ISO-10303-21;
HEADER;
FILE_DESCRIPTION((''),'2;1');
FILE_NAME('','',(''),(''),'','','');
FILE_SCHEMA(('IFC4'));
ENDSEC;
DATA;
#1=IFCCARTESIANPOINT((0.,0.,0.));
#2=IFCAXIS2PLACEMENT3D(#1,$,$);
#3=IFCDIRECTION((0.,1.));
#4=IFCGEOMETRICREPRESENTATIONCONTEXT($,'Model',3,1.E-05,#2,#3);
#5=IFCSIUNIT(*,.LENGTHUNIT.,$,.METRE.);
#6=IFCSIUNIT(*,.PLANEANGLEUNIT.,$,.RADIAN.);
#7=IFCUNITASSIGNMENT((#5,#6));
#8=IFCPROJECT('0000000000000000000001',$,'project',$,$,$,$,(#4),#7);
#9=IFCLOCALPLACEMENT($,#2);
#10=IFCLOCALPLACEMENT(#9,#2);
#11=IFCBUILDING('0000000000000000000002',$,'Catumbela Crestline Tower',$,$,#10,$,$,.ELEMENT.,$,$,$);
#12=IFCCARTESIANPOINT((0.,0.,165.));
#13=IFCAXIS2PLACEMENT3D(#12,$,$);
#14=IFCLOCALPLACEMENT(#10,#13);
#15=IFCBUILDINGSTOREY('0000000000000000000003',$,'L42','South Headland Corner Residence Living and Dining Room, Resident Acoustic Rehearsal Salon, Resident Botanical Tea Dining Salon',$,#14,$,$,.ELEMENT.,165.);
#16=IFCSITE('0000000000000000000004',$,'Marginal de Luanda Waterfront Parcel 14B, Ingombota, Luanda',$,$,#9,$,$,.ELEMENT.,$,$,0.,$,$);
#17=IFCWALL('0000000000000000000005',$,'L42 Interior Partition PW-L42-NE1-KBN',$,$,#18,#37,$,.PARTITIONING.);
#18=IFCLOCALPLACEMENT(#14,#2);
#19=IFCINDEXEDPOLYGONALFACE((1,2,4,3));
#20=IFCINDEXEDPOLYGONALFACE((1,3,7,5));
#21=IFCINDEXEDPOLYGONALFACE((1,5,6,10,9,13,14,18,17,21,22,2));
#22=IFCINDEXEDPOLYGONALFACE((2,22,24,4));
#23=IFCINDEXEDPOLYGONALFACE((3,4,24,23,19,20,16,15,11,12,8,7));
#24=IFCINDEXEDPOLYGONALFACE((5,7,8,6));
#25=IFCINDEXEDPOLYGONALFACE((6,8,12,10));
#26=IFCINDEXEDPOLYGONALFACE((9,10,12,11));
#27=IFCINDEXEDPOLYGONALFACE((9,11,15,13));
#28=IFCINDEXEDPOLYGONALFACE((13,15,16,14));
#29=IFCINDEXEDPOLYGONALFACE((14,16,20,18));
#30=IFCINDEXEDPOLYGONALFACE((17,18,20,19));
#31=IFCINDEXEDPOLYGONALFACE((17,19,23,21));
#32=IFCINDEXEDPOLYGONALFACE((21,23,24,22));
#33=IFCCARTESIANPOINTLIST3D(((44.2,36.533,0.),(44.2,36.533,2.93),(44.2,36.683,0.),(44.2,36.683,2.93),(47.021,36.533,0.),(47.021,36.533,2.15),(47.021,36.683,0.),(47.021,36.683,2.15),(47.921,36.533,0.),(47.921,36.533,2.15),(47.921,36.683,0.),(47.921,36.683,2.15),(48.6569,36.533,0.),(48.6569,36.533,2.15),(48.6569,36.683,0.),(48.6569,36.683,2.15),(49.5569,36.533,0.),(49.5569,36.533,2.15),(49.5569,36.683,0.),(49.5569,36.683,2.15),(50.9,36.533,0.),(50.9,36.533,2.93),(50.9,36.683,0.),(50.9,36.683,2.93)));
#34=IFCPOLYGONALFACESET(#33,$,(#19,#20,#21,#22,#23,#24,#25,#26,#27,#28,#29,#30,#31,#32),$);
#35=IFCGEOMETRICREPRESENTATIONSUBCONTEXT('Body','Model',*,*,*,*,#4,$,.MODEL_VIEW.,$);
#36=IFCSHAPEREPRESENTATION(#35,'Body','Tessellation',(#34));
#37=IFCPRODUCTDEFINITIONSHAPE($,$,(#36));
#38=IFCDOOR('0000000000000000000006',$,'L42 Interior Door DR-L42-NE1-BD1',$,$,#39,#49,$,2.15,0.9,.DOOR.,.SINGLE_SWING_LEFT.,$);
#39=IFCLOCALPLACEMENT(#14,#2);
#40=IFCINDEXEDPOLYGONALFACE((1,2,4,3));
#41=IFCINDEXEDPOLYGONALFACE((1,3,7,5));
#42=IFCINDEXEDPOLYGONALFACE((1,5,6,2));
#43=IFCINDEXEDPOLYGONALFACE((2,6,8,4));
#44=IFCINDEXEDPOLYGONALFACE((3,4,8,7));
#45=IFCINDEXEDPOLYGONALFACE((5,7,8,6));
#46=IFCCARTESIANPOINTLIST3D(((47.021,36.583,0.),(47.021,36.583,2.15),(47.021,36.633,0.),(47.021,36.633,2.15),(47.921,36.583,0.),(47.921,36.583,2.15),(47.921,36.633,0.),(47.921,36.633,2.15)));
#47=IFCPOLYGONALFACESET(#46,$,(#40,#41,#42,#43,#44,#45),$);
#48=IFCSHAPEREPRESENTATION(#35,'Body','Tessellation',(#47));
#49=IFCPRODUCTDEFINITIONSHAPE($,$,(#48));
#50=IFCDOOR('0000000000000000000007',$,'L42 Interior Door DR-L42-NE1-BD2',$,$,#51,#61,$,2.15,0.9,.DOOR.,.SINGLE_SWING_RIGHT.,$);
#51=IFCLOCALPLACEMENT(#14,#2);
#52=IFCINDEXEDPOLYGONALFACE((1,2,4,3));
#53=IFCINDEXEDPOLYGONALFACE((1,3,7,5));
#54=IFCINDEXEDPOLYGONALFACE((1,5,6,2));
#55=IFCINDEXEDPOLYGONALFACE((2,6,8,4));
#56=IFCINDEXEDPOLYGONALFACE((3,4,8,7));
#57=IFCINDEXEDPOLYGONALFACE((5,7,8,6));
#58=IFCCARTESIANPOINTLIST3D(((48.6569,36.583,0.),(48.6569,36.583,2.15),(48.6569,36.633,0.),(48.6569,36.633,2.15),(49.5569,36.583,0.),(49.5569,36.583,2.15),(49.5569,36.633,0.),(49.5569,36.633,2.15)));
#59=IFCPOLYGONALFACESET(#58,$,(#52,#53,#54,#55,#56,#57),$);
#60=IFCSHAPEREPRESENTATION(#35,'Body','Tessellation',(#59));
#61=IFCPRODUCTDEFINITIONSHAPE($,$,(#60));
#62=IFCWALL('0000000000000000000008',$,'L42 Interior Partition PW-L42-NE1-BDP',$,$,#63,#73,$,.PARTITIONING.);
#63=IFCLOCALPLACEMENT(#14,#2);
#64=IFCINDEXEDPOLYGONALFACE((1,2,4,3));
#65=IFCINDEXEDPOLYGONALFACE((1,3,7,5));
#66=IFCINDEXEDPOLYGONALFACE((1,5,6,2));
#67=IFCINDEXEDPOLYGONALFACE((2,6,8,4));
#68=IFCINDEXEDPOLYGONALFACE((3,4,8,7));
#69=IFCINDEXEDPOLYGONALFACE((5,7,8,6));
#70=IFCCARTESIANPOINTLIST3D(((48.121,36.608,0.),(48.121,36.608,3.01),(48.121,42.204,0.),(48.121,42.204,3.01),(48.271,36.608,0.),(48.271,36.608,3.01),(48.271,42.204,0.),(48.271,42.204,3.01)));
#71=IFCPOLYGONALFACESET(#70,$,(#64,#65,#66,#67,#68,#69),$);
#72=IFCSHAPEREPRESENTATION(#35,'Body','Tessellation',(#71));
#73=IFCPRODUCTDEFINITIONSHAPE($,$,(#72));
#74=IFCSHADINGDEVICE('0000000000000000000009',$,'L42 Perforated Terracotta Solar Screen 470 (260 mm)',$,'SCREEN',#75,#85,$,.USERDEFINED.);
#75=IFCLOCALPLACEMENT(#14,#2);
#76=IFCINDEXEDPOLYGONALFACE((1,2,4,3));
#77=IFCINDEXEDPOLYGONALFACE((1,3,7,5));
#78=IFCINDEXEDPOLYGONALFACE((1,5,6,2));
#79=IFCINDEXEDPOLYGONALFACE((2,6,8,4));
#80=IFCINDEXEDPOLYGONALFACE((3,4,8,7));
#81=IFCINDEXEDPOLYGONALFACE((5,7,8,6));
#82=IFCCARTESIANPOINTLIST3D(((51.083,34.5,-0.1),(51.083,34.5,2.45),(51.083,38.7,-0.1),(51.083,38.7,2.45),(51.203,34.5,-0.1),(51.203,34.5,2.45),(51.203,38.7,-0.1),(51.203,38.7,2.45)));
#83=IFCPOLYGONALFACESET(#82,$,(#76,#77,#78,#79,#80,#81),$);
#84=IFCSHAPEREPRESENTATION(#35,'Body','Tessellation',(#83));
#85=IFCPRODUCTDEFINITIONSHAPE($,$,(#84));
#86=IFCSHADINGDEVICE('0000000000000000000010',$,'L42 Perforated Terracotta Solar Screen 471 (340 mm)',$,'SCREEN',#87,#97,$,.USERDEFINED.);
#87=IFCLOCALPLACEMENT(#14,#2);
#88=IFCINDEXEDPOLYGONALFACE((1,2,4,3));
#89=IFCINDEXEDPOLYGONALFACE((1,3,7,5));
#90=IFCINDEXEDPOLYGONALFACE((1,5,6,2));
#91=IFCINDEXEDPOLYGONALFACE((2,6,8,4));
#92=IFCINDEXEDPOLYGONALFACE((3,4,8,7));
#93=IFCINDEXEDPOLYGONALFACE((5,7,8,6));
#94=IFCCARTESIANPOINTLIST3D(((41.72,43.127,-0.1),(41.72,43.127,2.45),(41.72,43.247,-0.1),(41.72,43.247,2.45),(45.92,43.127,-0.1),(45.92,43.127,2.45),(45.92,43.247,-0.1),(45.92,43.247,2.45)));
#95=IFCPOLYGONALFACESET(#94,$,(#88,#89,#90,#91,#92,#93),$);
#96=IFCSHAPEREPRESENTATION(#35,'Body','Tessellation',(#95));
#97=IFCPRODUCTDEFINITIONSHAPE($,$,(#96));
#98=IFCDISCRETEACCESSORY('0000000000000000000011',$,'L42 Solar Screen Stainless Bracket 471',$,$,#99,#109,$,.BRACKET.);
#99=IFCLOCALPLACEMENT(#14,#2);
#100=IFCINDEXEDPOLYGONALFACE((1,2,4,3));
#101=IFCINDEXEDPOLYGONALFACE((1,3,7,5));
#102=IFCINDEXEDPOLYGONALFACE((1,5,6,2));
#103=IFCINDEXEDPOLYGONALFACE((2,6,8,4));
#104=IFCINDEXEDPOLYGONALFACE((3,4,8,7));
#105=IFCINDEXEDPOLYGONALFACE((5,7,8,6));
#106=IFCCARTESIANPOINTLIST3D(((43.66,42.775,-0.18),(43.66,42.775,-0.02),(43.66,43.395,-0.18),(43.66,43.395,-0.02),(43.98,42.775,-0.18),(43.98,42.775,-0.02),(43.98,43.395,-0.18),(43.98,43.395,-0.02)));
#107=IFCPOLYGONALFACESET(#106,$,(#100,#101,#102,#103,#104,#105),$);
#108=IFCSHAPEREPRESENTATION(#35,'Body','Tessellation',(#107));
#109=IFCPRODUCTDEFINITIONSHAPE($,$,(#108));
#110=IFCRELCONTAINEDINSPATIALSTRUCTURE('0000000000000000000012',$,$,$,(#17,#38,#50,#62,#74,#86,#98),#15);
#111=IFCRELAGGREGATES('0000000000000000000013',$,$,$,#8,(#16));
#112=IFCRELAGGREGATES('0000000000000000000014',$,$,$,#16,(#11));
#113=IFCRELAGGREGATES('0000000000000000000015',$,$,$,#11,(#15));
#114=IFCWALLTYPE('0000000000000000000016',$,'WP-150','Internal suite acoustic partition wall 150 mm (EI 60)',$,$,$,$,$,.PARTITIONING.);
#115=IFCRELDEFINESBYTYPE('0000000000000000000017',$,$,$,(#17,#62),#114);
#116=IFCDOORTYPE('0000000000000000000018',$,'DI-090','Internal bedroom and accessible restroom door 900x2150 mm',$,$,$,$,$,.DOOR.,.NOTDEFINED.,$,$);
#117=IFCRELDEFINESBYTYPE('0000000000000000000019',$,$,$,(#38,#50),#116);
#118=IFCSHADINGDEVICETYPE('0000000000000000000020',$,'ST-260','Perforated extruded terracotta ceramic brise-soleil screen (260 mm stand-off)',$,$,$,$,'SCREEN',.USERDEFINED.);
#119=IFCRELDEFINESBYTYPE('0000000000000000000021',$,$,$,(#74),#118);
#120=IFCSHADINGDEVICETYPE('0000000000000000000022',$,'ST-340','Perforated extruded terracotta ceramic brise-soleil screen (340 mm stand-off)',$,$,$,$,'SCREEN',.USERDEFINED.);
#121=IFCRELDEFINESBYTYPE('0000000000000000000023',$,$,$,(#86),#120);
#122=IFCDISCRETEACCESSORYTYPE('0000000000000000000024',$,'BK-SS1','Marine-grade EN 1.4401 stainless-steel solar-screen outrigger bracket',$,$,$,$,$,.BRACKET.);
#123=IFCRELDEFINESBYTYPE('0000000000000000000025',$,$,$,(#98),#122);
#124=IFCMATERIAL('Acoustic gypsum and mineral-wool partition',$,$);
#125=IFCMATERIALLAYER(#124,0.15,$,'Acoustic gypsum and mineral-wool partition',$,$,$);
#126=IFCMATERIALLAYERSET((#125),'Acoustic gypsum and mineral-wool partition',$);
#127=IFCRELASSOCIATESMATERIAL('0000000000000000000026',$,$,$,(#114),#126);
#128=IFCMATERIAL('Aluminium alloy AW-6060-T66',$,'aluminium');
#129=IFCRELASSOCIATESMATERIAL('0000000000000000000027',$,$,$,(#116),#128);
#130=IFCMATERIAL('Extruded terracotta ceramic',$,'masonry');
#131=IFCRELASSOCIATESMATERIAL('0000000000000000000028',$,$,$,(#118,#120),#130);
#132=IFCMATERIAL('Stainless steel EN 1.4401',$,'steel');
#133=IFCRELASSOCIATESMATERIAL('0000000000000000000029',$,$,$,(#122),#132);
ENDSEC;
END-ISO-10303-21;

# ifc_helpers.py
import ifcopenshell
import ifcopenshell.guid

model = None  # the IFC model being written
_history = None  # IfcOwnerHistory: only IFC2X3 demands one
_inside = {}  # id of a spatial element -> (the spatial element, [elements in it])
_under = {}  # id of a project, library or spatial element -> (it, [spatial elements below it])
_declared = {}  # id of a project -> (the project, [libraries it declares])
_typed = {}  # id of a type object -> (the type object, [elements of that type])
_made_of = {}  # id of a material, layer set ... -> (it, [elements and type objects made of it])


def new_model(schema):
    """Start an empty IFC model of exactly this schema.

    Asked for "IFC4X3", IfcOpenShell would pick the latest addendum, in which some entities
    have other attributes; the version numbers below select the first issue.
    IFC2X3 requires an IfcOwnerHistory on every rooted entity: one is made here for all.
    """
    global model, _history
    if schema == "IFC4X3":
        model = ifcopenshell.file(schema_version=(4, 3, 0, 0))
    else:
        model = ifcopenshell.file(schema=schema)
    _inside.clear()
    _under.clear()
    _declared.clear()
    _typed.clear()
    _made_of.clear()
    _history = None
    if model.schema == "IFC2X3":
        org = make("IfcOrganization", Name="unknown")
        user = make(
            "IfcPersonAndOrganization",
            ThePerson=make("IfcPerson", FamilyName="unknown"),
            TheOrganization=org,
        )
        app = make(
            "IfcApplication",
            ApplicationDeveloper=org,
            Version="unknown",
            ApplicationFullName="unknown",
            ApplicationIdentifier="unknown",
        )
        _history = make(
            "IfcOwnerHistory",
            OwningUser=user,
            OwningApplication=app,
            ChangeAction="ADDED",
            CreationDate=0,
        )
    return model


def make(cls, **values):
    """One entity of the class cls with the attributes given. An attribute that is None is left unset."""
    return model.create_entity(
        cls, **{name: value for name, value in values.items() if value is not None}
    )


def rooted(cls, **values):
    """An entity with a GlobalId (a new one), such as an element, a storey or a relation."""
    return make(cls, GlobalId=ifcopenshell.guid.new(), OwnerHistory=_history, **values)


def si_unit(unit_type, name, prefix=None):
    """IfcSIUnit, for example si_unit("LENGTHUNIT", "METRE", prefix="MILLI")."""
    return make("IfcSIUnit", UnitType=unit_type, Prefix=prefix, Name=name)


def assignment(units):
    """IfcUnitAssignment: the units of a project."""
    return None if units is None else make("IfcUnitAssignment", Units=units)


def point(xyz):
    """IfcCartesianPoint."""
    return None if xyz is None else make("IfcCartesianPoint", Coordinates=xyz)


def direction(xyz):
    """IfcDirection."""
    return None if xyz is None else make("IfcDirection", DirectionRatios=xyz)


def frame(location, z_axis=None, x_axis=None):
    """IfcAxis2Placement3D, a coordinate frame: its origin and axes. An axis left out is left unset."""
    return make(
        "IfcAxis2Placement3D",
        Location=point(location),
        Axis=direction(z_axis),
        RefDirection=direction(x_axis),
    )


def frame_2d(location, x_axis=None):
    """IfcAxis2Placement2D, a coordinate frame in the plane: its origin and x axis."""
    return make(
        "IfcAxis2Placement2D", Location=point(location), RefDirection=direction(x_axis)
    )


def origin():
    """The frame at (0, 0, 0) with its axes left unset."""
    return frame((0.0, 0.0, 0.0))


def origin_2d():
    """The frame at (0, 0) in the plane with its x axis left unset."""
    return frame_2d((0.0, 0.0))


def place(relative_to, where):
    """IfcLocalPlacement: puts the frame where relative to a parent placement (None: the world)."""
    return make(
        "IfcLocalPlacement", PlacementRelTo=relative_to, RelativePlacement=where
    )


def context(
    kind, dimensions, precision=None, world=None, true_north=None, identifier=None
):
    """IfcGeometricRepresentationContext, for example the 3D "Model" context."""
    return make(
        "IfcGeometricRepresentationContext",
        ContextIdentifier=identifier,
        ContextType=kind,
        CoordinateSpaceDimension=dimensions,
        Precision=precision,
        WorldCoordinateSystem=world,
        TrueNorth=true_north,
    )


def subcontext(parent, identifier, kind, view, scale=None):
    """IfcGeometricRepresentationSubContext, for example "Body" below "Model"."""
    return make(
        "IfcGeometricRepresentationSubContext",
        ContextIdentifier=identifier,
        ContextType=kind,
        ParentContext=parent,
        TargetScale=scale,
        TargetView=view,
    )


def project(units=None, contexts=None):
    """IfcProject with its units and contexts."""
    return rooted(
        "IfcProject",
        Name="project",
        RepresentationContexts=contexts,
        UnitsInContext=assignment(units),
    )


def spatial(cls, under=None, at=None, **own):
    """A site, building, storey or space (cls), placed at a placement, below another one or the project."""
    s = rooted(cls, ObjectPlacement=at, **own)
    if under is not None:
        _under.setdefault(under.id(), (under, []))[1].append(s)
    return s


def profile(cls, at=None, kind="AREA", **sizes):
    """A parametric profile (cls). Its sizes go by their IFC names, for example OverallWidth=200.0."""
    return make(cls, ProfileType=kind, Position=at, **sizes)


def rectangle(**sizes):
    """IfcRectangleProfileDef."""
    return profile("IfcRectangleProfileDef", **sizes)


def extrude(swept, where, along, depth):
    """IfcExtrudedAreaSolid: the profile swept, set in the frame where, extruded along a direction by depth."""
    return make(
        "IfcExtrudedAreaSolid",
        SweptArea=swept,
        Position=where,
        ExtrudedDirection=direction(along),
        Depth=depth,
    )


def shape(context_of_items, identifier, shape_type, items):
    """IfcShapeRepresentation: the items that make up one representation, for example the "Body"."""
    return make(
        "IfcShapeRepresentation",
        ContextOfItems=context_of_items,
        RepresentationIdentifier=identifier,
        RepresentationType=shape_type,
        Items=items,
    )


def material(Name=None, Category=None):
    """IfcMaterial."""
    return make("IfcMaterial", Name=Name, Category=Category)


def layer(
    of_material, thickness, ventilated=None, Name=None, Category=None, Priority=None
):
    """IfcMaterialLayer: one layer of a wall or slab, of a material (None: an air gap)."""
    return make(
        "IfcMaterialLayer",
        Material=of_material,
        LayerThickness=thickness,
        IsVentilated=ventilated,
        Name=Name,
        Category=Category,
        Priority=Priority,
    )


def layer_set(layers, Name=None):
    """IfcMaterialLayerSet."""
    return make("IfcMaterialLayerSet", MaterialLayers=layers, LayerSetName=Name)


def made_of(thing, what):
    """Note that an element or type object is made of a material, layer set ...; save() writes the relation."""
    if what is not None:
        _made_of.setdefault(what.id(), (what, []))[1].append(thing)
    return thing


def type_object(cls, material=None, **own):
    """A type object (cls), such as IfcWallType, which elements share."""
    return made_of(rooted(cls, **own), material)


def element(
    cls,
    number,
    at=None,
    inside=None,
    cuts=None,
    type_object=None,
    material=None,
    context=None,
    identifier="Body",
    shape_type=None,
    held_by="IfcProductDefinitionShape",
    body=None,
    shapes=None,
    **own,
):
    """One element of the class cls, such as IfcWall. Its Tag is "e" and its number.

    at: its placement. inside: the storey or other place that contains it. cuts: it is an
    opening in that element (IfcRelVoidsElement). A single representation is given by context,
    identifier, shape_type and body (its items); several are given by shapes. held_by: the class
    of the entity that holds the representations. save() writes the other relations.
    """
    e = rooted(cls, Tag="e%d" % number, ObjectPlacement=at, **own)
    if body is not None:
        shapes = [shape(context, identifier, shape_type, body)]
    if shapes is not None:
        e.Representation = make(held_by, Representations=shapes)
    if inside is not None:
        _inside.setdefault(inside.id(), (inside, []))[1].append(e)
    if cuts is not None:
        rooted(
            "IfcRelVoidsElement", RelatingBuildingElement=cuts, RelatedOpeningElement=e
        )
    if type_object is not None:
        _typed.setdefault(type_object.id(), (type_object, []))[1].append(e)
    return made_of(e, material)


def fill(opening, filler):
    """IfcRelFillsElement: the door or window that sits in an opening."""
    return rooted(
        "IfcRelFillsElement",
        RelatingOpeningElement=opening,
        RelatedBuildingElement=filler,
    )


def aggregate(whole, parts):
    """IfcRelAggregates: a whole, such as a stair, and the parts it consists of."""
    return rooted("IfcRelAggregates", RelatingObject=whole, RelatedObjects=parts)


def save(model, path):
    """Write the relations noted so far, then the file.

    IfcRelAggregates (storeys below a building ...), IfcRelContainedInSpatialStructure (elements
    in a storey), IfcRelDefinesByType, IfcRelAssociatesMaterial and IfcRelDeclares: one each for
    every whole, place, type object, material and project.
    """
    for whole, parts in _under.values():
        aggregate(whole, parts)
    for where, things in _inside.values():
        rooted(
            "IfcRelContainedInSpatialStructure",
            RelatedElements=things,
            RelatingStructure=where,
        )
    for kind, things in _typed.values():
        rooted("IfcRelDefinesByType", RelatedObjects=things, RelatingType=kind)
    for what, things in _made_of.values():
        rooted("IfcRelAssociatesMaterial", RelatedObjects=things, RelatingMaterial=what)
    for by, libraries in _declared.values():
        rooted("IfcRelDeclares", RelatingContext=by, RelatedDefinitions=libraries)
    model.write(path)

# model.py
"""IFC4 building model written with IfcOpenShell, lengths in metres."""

from ifc_helpers import new_model, si_unit, direction, frame, frame_2d, origin, origin_2d, place, context, subcontext, project, spatial, rectangle, extrude, material, layer, layer_set, type_object, element, fill, save


model = new_model("IFC4")

# Units and contexts
model_context = context("Model", 3, precision=1e-05, world=origin(), true_north=direction((0.0, 1.0)))
body_context = subcontext(model_context, "Body", "Model", "MODEL_VIEW")
ifc_project = project(units=[si_unit("LENGTHUNIT", "METRE"), si_unit("PLANEANGLEUNIT", "RADIAN")], contexts=[model_context])

# Site, building, storey
site_placement = place(None, origin())
site = spatial("IfcSite", under=ifc_project, at=site_placement, Name="Marginal de Luanda Waterfront Parcel 14B, Ingombota, Luanda", CompositionType="ELEMENT", RefElevation=0.0)
building_placement = place(site_placement, origin())
building = spatial("IfcBuilding", under=site, at=building_placement, Name="Catumbela Crestline Tower", CompositionType="ELEMENT")
storey_placement = place(building_placement, frame((0.0, 0.0, 165.0)))
storey = spatial("IfcBuildingStorey", under=building, at=storey_placement, Name="L42", Description="South Headland Corner Residence Living and Dining Room, Resident Acoustic Rehearsal Salon, Resident Botanical Tea Dining Salon", CompositionType="ELEMENT", Elevation=165.0)

# Shared definitions
ifc_material_1 = material(Name="Aluminium alloy AW-6060-T66", Category="aluminium")

# Wall, openings, doors
ifc_material_2 = material(Name="Acoustic gypsum and mineral-wool partition")
ifc_layer_1 = layer(ifc_material_2, 0.15, Name="Acoustic gypsum and mineral-wool partition")
ifc_layer_set_1 = layer_set([ifc_layer_1], Name="Acoustic gypsum and mineral-wool partition")
wall_type_1 = type_object("IfcWallType", Name="WP-150", Description="Internal suite acoustic partition wall 150 mm (EI 60)", PredefinedType="PARTITIONING", material=ifc_layer_set_1)
wall_1_placement = place(storey_placement, frame((44.2, 36.608, 0.0), z_axis=(0.0, 0.0, 1.0), x_axis=(1.0, 0.0, 0.0)))
wall_1 = element("IfcWall", 1, at=wall_1_placement, inside=storey, type_object=wall_type_1, Name="L42 Interior Partition PW-L42-NE1-KBN", PredefinedType="PARTITIONING", context=body_context, shape_type="SweptSolid", body=[
    extrude(rectangle(XDim=6.7, YDim=0.15, at=frame_2d((3.35, 0.0))), origin(), (0.0, 0.0, 1.0), 2.93),
])
opening_1_placement = place(wall_1_placement, frame((2.821, 0.0, 0.0)))
opening_1 = element("IfcOpeningElement", 2, at=opening_1_placement, cuts=wall_1, PredefinedType="OPENING", context=body_context, shape_type="SweptSolid", body=[
    extrude(rectangle(XDim=0.9, YDim=2.15, at=frame_2d((0.45, 1.075))), frame((0.0, 0.085, 0.0), z_axis=(0.0, -1.0, 0.0), x_axis=(1.0, 0.0, 0.0)), (0.0, 0.0, 1.0), 0.17),
])
opening_2_placement = place(wall_1_placement, frame((4.4569, 0.0, 0.0)))
opening_2 = element("IfcOpeningElement", 3, at=opening_2_placement, cuts=wall_1, PredefinedType="OPENING", context=body_context, shape_type="SweptSolid", body=[
    extrude(rectangle(XDim=0.9, YDim=2.15, at=frame_2d((0.45, 1.075))), frame((0.0, 0.085, 0.0), z_axis=(0.0, -1.0, 0.0), x_axis=(1.0, 0.0, 0.0)), (0.0, 0.0, 1.0), 0.17),
])
door_type = type_object("IfcDoorType", Name="DI-090", Description="Internal bedroom and accessible restroom door 900x2150 mm", OperationType="NOTDEFINED", PredefinedType="DOOR", material=ifc_material_1)
door_1_placement = place(opening_1_placement, origin())
door_1 = element("IfcDoor", 4, at=door_1_placement, inside=storey, type_object=door_type, Name="L42 Interior Door DR-L42-NE1-BD1", OperationType="SINGLE_SWING_LEFT", OverallHeight=2.15, OverallWidth=0.9, PredefinedType="DOOR", context=body_context, shape_type="SweptSolid", body=[
    extrude(rectangle(XDim=0.9, YDim=2.15, at=frame_2d((0.45, 1.075))), frame((0.0, 0.025, 0.0), z_axis=(0.0, -1.0, 0.0), x_axis=(1.0, 0.0, 0.0)), (0.0, 0.0, 1.0), 0.05),
])
fill(opening_1, door_1)
door_2_placement = place(opening_2_placement, origin())
door_2 = element("IfcDoor", 5, at=door_2_placement, inside=storey, type_object=door_type, Name="L42 Interior Door DR-L42-NE1-BD2", OperationType="SINGLE_SWING_RIGHT", OverallHeight=2.15, OverallWidth=0.9, PredefinedType="DOOR", context=body_context, shape_type="SweptSolid", body=[
    extrude(rectangle(XDim=0.9, YDim=2.15, at=frame_2d((0.45, 1.075))), frame((0.0, 0.025, 0.0), z_axis=(0.0, -1.0, 0.0), x_axis=(1.0, 0.0, 0.0)), (0.0, 0.0, 1.0), 0.05),
])
fill(opening_2, door_2)

# Wall
wall_2_placement = place(storey_placement, frame((48.196, 36.608, 0.0), z_axis=(0.0, 0.0, 1.0), x_axis=(0.0, 1.0, 0.0)))
element("IfcWall", 6, at=wall_2_placement, inside=storey, type_object=wall_type_1, Name="L42 Interior Partition PW-L42-NE1-BDP", PredefinedType="PARTITIONING", context=body_context, shape_type="SweptSolid", body=[
    extrude(rectangle(XDim=5.596, YDim=0.15, at=frame_2d((2.798, 0.0))), origin(), (0.0, 0.0, 1.0), 3.01),
])

# Shading devices
ifc_material_3 = material(Name="Extruded terracotta ceramic", Category="masonry")
shading_device_type_1 = type_object("IfcShadingDeviceType", Name="ST-260", Description="Perforated extruded terracotta ceramic brise-soleil screen (260 mm stand-off)", ElementType="SCREEN", PredefinedType="USERDEFINED", material=ifc_material_3)
shading_device_1_placement = place(storey_placement, frame((51.143, 36.6, -0.1), z_axis=(0.0, 0.0, 1.0), x_axis=(0.0, 1.0, 0.0)))
element("IfcShadingDevice", 7, at=shading_device_1_placement, inside=storey, type_object=shading_device_type_1, Name="L42 Perforated Terracotta Solar Screen 470 (260 mm)", ObjectType="SCREEN", PredefinedType="USERDEFINED", context=body_context, shape_type="SweptSolid", body=[
    extrude(rectangle(XDim=4.2, YDim=0.12, at=origin_2d()), origin(), (0.0, 0.0, 1.0), 2.55),
])
shading_device_type_2 = type_object("IfcShadingDeviceType", Name="ST-340", Description="Perforated extruded terracotta ceramic brise-soleil screen (340 mm stand-off)", ElementType="SCREEN", PredefinedType="USERDEFINED", material=ifc_material_3)
shading_device_2_placement = place(storey_placement, frame((43.82, 43.187, -0.1), z_axis=(0.0, 0.0, 1.0), x_axis=(-1.0, 0.0, 0.0)))
element("IfcShadingDevice", 8, at=shading_device_2_placement, inside=storey, type_object=shading_device_type_2, Name="L42 Perforated Terracotta Solar Screen 471 (340 mm)", ObjectType="SCREEN", PredefinedType="USERDEFINED", context=body_context, shape_type="SweptSolid", body=[
    extrude(rectangle(XDim=4.2, YDim=0.12, at=origin_2d()), origin(), (0.0, 0.0, 1.0), 2.55),
])

# Discrete accessory
ifc_material_4 = material(Name="Stainless steel EN 1.4401", Category="steel")
discrete_accessory_type = type_object("IfcDiscreteAccessoryType", Name="BK-SS1", Description="Marine-grade EN 1.4401 stainless-steel solar-screen outrigger bracket", PredefinedType="BRACKET", material=ifc_material_4)
discrete_accessory_placement = place(storey_placement, frame((43.82, 43.085, -0.18), z_axis=(0.0, 0.0, 1.0), x_axis=(-1.0, 0.0, 0.0)))
element("IfcDiscreteAccessory", 9, at=discrete_accessory_placement, inside=storey, type_object=discrete_accessory_type, Name="L42 Solar Screen Stainless Bracket 471", PredefinedType="BRACKET", context=body_context, shape_type="SweptSolid", body=[
    extrude(rectangle(XDim=0.32, YDim=0.62, at=origin_2d()), origin(), (0.0, 0.0, 1.0), 0.16),
])

save(model, "model.ifc")
